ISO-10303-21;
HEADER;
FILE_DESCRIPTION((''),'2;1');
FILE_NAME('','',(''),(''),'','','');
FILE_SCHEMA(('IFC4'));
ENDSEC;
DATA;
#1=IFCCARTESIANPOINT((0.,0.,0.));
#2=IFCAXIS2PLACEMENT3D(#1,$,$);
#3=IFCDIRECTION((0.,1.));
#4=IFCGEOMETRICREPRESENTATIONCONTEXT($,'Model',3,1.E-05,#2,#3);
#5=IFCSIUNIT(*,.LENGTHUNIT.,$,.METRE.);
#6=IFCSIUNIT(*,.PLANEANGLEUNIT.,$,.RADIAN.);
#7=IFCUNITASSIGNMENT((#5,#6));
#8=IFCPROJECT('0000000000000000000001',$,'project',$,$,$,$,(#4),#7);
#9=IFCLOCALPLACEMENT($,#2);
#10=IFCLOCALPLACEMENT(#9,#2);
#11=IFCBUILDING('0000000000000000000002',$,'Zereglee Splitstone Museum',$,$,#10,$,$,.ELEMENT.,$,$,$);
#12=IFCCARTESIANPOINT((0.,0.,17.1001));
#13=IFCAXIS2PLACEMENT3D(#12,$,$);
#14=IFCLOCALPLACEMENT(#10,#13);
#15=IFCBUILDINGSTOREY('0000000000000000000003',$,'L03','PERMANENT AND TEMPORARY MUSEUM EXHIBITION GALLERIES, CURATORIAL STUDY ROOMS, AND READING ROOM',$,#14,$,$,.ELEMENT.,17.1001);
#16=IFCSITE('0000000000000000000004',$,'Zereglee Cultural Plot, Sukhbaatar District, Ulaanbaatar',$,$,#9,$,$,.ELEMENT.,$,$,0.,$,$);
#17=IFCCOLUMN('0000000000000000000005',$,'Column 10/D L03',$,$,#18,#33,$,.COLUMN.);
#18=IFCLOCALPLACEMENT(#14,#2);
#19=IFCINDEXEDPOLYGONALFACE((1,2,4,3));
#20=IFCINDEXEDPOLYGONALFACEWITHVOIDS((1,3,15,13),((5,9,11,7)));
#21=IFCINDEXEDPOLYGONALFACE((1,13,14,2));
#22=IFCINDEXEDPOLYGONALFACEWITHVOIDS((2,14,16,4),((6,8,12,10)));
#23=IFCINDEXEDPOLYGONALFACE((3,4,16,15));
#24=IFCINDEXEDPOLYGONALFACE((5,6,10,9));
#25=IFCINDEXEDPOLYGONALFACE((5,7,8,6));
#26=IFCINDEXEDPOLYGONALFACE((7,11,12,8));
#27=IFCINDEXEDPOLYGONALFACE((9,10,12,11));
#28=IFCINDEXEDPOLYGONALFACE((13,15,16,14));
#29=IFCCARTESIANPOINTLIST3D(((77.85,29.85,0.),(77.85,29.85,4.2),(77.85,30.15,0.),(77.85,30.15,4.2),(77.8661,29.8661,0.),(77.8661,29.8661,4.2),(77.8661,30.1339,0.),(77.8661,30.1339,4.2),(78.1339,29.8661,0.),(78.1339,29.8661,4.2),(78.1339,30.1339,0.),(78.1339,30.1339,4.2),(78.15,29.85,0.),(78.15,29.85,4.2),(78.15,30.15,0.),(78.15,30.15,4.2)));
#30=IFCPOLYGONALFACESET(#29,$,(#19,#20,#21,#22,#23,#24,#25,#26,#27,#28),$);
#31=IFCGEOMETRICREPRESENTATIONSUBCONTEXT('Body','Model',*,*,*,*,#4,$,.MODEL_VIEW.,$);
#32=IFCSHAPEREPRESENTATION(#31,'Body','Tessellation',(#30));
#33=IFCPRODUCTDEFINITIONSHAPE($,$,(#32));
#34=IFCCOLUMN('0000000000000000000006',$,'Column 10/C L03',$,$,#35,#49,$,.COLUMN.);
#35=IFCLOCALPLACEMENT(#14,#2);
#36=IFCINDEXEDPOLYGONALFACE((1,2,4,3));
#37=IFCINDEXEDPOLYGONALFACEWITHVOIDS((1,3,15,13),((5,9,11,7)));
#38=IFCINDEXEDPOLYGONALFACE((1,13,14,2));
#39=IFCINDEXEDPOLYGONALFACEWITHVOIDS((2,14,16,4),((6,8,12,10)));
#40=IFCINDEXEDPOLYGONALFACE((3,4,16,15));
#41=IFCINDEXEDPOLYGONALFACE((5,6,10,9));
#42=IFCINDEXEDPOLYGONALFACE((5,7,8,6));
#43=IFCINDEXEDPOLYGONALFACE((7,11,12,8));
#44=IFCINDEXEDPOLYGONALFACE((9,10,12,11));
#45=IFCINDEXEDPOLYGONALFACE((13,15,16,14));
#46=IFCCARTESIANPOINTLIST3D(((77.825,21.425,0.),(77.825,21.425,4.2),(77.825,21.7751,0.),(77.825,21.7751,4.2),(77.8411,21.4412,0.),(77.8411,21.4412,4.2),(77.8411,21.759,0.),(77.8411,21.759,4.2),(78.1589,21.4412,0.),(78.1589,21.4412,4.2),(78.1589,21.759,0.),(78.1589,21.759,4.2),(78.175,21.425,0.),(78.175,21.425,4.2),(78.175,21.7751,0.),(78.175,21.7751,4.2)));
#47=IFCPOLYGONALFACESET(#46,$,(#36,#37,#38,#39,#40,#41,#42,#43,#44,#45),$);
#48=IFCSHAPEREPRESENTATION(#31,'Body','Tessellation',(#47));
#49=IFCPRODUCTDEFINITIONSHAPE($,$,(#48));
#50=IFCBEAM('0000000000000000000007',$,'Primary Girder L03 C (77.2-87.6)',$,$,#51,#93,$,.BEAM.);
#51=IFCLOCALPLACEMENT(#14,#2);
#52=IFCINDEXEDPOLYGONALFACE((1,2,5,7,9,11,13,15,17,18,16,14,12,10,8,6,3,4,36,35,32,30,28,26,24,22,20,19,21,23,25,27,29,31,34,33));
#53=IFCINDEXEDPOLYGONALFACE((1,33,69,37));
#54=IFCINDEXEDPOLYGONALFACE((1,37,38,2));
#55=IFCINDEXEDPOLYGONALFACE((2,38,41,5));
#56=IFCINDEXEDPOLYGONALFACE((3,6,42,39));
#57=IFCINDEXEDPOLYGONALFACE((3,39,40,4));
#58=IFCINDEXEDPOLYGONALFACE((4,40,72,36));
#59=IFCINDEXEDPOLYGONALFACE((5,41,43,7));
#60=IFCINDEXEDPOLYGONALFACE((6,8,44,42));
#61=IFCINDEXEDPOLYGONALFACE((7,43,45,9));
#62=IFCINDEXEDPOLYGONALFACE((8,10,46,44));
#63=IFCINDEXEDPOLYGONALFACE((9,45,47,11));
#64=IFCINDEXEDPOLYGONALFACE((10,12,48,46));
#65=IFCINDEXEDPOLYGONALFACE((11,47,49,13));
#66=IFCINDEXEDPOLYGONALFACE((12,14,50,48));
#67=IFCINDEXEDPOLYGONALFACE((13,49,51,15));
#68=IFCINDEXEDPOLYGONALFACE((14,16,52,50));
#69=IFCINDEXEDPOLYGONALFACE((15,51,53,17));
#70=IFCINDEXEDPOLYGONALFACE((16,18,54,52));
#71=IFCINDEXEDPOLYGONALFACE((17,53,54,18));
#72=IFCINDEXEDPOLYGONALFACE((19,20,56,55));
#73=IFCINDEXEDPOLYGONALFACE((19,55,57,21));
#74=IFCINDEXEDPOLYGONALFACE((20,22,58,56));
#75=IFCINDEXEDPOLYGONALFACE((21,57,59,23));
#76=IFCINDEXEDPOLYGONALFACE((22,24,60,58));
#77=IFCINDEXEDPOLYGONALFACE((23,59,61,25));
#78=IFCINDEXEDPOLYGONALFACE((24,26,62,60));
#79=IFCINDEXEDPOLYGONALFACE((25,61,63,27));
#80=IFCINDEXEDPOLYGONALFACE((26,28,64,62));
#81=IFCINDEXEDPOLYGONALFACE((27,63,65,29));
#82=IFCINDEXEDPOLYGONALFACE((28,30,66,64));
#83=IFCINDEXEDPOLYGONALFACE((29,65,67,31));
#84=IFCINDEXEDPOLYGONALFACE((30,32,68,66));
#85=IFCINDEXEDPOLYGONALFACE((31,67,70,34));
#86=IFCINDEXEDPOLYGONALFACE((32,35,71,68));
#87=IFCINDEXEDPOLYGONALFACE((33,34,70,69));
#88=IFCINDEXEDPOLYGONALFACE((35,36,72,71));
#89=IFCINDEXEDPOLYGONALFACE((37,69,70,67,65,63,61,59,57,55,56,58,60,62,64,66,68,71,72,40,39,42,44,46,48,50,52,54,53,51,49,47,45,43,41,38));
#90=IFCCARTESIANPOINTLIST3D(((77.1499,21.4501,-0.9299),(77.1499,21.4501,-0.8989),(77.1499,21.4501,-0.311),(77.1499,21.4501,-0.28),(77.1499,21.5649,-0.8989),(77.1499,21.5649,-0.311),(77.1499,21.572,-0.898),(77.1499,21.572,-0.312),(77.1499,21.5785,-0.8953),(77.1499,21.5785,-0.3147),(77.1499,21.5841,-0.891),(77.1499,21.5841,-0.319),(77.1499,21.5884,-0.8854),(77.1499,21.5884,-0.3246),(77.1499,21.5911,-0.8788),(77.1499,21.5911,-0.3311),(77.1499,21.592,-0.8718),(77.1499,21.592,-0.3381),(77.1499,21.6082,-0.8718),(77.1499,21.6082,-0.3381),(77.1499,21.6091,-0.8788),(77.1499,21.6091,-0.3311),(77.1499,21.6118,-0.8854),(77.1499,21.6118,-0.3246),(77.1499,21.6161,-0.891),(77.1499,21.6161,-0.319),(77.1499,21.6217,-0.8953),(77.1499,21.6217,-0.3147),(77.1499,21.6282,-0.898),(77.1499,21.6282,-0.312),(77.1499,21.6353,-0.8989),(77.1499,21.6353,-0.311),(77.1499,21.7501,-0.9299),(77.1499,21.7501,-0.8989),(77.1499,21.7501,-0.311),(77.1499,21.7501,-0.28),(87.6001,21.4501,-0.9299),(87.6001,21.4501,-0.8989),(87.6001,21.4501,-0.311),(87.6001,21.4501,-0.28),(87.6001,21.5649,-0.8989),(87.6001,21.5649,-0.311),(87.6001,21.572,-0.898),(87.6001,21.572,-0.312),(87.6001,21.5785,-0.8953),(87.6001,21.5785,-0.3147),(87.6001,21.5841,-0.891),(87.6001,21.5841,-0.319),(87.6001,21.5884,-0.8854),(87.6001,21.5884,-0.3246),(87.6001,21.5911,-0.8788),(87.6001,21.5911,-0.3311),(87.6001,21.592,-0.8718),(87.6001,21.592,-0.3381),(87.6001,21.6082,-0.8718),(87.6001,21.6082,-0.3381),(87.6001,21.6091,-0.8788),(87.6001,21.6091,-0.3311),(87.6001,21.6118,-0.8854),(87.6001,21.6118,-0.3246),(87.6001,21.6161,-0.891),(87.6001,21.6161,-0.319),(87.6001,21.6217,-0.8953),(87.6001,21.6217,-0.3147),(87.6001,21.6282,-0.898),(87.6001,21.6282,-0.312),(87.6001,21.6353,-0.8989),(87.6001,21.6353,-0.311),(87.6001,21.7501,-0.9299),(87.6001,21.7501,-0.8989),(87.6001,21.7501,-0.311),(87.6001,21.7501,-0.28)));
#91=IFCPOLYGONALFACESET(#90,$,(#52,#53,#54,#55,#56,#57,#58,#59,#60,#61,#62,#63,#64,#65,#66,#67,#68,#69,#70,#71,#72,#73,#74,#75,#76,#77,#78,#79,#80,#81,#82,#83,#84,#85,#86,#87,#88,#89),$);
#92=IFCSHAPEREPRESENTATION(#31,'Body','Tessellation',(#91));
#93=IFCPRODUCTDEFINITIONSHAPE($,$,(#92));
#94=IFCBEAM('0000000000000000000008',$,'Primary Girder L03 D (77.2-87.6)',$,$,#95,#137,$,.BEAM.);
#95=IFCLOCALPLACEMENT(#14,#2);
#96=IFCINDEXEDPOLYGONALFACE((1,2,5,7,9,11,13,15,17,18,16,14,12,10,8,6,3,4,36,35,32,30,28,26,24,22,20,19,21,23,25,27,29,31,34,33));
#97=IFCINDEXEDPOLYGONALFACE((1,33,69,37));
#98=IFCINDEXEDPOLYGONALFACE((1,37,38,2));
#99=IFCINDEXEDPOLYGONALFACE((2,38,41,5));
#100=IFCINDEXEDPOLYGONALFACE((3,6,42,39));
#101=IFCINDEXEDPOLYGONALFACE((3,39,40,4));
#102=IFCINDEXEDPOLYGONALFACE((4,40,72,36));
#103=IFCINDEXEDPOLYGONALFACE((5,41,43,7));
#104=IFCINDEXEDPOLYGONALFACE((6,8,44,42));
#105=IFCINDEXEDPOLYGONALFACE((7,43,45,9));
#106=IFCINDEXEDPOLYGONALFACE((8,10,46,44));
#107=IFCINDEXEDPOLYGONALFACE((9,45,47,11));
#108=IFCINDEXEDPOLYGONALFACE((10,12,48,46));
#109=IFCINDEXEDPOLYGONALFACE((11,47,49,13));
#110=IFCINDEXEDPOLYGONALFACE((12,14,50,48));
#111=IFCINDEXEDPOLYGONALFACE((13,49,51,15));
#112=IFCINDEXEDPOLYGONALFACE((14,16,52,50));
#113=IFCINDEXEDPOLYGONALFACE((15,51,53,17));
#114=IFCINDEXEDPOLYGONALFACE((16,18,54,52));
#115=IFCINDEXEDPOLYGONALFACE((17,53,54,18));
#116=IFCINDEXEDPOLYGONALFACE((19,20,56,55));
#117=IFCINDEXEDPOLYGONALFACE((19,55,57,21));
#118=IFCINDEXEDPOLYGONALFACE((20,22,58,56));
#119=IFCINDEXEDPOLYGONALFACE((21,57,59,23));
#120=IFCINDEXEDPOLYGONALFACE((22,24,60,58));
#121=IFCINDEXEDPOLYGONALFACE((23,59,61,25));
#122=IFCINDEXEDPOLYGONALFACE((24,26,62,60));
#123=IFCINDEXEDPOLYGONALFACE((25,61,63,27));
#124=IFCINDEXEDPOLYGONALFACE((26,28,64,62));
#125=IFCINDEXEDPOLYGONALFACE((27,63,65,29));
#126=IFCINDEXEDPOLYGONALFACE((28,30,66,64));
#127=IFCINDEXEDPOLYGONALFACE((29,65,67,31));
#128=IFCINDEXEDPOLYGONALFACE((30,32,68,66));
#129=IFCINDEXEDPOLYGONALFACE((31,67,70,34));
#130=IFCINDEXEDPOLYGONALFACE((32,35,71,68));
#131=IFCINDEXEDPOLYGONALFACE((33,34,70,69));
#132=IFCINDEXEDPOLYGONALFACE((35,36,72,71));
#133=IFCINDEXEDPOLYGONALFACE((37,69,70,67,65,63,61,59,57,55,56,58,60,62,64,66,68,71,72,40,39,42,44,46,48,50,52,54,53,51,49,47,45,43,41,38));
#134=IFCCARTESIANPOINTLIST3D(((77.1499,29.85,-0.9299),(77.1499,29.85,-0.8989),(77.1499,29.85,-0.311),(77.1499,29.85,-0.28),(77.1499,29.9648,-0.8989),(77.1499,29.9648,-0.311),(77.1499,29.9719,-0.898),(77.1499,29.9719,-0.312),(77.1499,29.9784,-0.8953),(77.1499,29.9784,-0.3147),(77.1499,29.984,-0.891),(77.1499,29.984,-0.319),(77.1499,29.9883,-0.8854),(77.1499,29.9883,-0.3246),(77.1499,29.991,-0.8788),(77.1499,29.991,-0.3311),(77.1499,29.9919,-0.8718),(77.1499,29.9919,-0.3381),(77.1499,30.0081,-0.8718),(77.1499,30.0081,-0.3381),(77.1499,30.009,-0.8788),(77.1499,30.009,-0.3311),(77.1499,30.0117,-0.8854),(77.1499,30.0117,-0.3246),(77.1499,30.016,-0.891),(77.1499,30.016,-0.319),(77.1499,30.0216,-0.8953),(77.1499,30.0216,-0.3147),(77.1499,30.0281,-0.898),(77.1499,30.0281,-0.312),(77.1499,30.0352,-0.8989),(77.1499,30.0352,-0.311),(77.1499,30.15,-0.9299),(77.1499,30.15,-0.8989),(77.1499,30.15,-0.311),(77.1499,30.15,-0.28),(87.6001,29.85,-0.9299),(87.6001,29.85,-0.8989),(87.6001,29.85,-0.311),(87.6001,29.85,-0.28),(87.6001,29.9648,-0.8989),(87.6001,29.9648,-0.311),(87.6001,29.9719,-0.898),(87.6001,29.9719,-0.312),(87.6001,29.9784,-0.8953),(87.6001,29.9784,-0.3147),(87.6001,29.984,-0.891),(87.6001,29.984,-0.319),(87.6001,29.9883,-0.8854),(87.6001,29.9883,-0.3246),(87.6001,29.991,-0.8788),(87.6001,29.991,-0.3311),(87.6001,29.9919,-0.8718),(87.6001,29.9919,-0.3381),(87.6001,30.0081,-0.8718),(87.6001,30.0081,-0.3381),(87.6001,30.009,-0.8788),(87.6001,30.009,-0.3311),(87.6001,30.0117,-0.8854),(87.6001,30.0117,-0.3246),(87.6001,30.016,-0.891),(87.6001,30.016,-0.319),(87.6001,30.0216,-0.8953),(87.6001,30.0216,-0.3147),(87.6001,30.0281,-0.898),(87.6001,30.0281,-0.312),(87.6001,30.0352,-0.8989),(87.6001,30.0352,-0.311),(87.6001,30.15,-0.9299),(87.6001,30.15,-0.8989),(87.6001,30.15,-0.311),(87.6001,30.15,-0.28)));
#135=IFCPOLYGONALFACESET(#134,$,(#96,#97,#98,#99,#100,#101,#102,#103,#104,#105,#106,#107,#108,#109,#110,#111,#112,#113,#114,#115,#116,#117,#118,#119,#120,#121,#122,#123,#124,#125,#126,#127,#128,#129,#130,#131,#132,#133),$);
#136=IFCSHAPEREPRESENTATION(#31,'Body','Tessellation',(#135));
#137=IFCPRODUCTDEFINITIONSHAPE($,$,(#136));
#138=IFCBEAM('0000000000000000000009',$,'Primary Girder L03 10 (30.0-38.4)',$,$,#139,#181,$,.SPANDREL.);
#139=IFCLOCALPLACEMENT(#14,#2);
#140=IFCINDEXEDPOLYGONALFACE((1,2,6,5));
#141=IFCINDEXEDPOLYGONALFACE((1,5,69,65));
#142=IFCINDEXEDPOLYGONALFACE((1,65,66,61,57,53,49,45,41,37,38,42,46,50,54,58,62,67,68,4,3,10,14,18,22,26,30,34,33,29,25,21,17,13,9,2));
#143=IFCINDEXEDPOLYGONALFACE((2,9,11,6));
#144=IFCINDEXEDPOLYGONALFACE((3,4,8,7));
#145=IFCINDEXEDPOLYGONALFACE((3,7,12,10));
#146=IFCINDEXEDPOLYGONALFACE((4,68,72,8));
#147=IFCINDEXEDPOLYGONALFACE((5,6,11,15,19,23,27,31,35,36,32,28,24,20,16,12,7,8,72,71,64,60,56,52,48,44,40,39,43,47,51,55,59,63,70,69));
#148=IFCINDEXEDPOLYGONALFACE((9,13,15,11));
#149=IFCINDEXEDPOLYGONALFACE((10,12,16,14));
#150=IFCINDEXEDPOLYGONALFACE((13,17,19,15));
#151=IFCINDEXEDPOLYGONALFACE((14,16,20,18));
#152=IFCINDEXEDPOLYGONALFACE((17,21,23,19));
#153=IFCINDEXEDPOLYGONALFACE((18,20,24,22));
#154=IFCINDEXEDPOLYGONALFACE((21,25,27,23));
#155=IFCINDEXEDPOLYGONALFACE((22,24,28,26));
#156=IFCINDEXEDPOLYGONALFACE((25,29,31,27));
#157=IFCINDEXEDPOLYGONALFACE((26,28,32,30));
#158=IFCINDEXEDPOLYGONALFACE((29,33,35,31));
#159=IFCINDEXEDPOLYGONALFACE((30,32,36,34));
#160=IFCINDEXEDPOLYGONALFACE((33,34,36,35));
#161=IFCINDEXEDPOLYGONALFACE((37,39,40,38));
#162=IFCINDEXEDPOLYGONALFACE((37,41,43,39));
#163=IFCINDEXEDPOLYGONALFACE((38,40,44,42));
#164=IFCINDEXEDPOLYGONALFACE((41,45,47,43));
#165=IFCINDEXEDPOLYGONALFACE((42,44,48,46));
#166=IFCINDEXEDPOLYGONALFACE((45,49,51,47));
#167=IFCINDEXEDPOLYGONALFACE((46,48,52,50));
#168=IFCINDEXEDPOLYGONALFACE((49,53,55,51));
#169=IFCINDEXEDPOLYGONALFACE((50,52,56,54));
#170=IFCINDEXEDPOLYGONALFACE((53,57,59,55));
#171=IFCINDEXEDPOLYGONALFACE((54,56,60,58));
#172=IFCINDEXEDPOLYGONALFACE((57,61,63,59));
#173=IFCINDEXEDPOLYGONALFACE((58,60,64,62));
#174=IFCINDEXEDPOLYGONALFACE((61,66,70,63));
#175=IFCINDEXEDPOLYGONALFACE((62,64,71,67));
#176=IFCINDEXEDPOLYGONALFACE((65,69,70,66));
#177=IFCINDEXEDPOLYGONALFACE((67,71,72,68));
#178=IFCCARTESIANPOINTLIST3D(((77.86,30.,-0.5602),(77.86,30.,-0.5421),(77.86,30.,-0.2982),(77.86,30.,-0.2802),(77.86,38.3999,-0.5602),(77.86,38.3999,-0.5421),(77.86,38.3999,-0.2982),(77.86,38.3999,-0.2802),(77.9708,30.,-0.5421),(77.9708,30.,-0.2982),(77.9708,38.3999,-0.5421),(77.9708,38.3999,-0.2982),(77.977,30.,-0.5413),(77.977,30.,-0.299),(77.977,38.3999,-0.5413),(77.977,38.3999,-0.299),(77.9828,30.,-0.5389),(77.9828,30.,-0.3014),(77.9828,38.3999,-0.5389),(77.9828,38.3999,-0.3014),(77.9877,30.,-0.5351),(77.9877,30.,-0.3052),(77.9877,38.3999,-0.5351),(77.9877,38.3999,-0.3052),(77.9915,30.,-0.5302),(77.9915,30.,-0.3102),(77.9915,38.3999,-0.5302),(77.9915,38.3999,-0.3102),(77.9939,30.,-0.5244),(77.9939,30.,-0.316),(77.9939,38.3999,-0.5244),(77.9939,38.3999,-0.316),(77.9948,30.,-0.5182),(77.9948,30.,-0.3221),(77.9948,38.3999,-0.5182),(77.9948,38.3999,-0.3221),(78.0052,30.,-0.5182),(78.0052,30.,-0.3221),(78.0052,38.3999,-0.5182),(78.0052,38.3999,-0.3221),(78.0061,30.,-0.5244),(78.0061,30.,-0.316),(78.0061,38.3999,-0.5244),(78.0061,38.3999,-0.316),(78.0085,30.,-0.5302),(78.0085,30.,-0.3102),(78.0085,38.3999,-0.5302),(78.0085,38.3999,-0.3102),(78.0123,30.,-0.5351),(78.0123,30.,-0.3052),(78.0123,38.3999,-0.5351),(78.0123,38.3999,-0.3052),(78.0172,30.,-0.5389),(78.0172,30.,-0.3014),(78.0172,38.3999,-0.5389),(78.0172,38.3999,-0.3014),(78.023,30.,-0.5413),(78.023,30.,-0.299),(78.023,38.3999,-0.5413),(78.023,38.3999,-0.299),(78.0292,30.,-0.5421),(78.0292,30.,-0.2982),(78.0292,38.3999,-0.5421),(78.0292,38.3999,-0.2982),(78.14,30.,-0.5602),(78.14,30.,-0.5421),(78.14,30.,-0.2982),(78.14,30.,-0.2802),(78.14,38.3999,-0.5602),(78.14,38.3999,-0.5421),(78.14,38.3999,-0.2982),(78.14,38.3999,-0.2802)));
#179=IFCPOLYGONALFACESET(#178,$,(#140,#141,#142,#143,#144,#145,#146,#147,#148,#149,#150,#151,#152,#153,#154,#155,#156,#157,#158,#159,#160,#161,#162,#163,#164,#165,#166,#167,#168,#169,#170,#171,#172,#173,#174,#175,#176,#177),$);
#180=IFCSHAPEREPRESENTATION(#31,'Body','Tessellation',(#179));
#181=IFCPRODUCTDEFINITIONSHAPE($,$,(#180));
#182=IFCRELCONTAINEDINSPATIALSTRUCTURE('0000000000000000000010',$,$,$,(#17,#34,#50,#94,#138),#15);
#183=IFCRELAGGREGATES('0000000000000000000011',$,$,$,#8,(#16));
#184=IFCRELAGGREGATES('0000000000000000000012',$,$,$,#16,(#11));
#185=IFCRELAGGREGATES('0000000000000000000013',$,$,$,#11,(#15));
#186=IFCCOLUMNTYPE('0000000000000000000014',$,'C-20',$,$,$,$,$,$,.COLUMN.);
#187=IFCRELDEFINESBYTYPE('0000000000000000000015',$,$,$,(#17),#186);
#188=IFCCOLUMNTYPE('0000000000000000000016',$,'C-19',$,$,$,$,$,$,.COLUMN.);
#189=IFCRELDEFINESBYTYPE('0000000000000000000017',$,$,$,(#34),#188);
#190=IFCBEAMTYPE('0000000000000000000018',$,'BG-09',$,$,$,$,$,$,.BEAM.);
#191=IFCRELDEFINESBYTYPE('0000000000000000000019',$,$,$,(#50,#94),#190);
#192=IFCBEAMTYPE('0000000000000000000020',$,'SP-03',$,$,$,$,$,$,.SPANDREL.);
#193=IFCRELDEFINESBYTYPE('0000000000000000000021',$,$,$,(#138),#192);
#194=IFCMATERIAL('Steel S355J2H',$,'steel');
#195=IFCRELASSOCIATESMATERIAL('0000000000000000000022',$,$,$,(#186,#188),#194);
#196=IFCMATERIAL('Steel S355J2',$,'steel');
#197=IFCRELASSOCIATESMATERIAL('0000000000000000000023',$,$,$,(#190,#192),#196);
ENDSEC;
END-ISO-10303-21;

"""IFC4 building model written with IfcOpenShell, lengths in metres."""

from ifc_helpers import new_model, si_unit, direction, frame, origin, origin_2d, place, context, subcontext, project, spatial, hollow_rectangle, i_section, extrude, material, material_profile, profile_set, type_object, element, save


model = new_model("IFC4")

# Units and contexts
model_context = context("Model", 3, precision=1e-05, world=origin(), true_north=direction((0.0, 1.0)))
body_context = subcontext(model_context, "Body", "Model", "MODEL_VIEW")
ifc_project = project(units=[si_unit("LENGTHUNIT", "METRE"), si_unit("PLANEANGLEUNIT", "RADIAN")], contexts=[model_context])

# Site, building, storey
site_placement = place(None, origin())
site = spatial("IfcSite", under=ifc_project, at=site_placement, Name="Zereglee Cultural Plot, Sukhbaatar District, Ulaanbaatar", CompositionType="ELEMENT", RefElevation=0.0)
building_placement = place(site_placement, origin())
building = spatial("IfcBuilding", under=site, at=building_placement, Name="Zereglee Splitstone Museum", CompositionType="ELEMENT")
storey_placement = place(building_placement, frame((0.0, 0.0, 17.1001)))
storey = spatial("IfcBuildingStorey", under=building, at=storey_placement, Name="L03", Description="PERMANENT AND TEMPORARY MUSEUM EXHIBITION GALLERIES, CURATORIAL STUDY ROOMS, AND READING ROOM", CompositionType="ELEMENT", Elevation=17.1001)

# Columns
ifc_material_1 = material(Name="Steel S355J2H", Category="steel")
ifc_material_profile_1 = material_profile(ifc_material_1, hollow_rectangle(XDim=0.3, YDim=0.3, WallThickness=0.0161, at=origin_2d()), Name="SHS 300x300x16")
ifc_profile_set_1 = profile_set([ifc_material_profile_1], Name="Steel S355J2H")
column_type_1 = type_object("IfcColumnType", Name="C-20", PredefinedType="COLUMN", material=ifc_profile_set_1)
column_1_placement = place(storey_placement, frame((78.0, 30.0, 0.0), z_axis=(0.0, 0.0, 1.0), x_axis=(1.0, 0.0, 0.0)))
element("IfcColumn", 1, at=column_1_placement, inside=storey, type_object=column_type_1, Name="Column 10/D L03", PredefinedType="COLUMN", context=body_context, shape_type="SweptSolid", body=[
    extrude(hollow_rectangle(XDim=0.3, YDim=0.3, WallThickness=0.0161, at=origin_2d()), origin(), (0.0, 0.0, 1.0), 4.2),
])
ifc_material_profile_2 = material_profile(ifc_material_1, hollow_rectangle(XDim=0.3501, YDim=0.3501, WallThickness=0.0161, at=origin_2d()), Name="SHS 350x350x16")
ifc_profile_set_2 = profile_set([ifc_material_profile_2], Name="Steel S355J2H")
column_type_2 = type_object("IfcColumnType", Name="C-19", PredefinedType="COLUMN", material=ifc_profile_set_2)
column_2_placement = place(storey_placement, frame((78.0, 21.6001, 0.0), z_axis=(0.0, 0.0, 1.0), x_axis=(1.0, 0.0, 0.0)))
element("IfcColumn", 2, at=column_2_placement, inside=storey, type_object=column_type_2, Name="Column 10/C L03", PredefinedType="COLUMN", context=body_context, shape_type="SweptSolid", body=[
    extrude(hollow_rectangle(XDim=0.3501, YDim=0.3501, WallThickness=0.0161, at=origin_2d()), origin(), (0.0, 0.0, 1.0), 4.2),
])

# Beams
ifc_material_2 = material(Name="Steel S355J2", Category="steel")
ifc_material_profile_3 = material_profile(ifc_material_2, i_section(OverallWidth=0.3, OverallDepth=0.6499, WebThickness=0.0161, FlangeThickness=0.031, FilletRadius=0.0271, at=origin_2d()), Name="HE 650 B")
ifc_profile_set_3 = profile_set([ifc_material_profile_3], Name="Steel S355J2")
beam_type_1 = type_object("IfcBeamType", Name="BG-09", PredefinedType="BEAM", material=ifc_profile_set_3)
for number, where, z_axis, x_axis, name in (
    (3, (77.1499, 21.6001, -0.605), (1.0, 0.0, 0.0), (0.0, 1.0, 0.0), "Primary Girder L03 C (77.2-87.6)"),
    (4, (77.1499, 30.0, -0.605), (1.0, 0.0, 0.0), (0.0, 1.0, 0.0), "Primary Girder L03 D (77.2-87.6)"),
):
    element("IfcBeam", number, at=place(storey_placement, frame(where, z_axis=z_axis, x_axis=x_axis)), inside=storey, type_object=beam_type_1, Name=name, PredefinedType="BEAM", context=body_context, shape_type="SweptSolid", body=[
        extrude(i_section(OverallWidth=0.3, OverallDepth=0.6499, WebThickness=0.0161, FlangeThickness=0.031, FilletRadius=0.0271, at=origin_2d()), origin(), (0.0, 0.0, 1.0), 10.4502),
    ])
ifc_material_profile_4 = material_profile(ifc_material_2, i_section(OverallWidth=0.28, OverallDepth=0.28, WebThickness=0.0105, FlangeThickness=0.0181, FilletRadius=0.0239, at=origin_2d()), Name="HE 280 B")
ifc_profile_set_4 = profile_set([ifc_material_profile_4], Name="Steel S355J2")
beam_type_2 = type_object("IfcBeamType", Name="SP-03", PredefinedType="SPANDREL", material=ifc_profile_set_4)
beam_placement = place(storey_placement, frame((78.0, 30.0, -0.4202), z_axis=(0.0, 1.0, 0.0), x_axis=(-1.0, 0.0, 0.0)))
element("IfcBeam", 5, at=beam_placement, inside=storey, type_object=beam_type_2, Name="Primary Girder L03 10 (30.0-38.4)", PredefinedType="SPANDREL", context=body_context, shape_type="SweptSolid", body=[
    extrude(i_section(OverallWidth=0.28, OverallDepth=0.28, WebThickness=0.0105, FlangeThickness=0.0181, FilletRadius=0.0239, at=origin_2d()), origin(), (0.0, 0.0, 1.0), 8.3999),
])

save(model, "model.ifc")
